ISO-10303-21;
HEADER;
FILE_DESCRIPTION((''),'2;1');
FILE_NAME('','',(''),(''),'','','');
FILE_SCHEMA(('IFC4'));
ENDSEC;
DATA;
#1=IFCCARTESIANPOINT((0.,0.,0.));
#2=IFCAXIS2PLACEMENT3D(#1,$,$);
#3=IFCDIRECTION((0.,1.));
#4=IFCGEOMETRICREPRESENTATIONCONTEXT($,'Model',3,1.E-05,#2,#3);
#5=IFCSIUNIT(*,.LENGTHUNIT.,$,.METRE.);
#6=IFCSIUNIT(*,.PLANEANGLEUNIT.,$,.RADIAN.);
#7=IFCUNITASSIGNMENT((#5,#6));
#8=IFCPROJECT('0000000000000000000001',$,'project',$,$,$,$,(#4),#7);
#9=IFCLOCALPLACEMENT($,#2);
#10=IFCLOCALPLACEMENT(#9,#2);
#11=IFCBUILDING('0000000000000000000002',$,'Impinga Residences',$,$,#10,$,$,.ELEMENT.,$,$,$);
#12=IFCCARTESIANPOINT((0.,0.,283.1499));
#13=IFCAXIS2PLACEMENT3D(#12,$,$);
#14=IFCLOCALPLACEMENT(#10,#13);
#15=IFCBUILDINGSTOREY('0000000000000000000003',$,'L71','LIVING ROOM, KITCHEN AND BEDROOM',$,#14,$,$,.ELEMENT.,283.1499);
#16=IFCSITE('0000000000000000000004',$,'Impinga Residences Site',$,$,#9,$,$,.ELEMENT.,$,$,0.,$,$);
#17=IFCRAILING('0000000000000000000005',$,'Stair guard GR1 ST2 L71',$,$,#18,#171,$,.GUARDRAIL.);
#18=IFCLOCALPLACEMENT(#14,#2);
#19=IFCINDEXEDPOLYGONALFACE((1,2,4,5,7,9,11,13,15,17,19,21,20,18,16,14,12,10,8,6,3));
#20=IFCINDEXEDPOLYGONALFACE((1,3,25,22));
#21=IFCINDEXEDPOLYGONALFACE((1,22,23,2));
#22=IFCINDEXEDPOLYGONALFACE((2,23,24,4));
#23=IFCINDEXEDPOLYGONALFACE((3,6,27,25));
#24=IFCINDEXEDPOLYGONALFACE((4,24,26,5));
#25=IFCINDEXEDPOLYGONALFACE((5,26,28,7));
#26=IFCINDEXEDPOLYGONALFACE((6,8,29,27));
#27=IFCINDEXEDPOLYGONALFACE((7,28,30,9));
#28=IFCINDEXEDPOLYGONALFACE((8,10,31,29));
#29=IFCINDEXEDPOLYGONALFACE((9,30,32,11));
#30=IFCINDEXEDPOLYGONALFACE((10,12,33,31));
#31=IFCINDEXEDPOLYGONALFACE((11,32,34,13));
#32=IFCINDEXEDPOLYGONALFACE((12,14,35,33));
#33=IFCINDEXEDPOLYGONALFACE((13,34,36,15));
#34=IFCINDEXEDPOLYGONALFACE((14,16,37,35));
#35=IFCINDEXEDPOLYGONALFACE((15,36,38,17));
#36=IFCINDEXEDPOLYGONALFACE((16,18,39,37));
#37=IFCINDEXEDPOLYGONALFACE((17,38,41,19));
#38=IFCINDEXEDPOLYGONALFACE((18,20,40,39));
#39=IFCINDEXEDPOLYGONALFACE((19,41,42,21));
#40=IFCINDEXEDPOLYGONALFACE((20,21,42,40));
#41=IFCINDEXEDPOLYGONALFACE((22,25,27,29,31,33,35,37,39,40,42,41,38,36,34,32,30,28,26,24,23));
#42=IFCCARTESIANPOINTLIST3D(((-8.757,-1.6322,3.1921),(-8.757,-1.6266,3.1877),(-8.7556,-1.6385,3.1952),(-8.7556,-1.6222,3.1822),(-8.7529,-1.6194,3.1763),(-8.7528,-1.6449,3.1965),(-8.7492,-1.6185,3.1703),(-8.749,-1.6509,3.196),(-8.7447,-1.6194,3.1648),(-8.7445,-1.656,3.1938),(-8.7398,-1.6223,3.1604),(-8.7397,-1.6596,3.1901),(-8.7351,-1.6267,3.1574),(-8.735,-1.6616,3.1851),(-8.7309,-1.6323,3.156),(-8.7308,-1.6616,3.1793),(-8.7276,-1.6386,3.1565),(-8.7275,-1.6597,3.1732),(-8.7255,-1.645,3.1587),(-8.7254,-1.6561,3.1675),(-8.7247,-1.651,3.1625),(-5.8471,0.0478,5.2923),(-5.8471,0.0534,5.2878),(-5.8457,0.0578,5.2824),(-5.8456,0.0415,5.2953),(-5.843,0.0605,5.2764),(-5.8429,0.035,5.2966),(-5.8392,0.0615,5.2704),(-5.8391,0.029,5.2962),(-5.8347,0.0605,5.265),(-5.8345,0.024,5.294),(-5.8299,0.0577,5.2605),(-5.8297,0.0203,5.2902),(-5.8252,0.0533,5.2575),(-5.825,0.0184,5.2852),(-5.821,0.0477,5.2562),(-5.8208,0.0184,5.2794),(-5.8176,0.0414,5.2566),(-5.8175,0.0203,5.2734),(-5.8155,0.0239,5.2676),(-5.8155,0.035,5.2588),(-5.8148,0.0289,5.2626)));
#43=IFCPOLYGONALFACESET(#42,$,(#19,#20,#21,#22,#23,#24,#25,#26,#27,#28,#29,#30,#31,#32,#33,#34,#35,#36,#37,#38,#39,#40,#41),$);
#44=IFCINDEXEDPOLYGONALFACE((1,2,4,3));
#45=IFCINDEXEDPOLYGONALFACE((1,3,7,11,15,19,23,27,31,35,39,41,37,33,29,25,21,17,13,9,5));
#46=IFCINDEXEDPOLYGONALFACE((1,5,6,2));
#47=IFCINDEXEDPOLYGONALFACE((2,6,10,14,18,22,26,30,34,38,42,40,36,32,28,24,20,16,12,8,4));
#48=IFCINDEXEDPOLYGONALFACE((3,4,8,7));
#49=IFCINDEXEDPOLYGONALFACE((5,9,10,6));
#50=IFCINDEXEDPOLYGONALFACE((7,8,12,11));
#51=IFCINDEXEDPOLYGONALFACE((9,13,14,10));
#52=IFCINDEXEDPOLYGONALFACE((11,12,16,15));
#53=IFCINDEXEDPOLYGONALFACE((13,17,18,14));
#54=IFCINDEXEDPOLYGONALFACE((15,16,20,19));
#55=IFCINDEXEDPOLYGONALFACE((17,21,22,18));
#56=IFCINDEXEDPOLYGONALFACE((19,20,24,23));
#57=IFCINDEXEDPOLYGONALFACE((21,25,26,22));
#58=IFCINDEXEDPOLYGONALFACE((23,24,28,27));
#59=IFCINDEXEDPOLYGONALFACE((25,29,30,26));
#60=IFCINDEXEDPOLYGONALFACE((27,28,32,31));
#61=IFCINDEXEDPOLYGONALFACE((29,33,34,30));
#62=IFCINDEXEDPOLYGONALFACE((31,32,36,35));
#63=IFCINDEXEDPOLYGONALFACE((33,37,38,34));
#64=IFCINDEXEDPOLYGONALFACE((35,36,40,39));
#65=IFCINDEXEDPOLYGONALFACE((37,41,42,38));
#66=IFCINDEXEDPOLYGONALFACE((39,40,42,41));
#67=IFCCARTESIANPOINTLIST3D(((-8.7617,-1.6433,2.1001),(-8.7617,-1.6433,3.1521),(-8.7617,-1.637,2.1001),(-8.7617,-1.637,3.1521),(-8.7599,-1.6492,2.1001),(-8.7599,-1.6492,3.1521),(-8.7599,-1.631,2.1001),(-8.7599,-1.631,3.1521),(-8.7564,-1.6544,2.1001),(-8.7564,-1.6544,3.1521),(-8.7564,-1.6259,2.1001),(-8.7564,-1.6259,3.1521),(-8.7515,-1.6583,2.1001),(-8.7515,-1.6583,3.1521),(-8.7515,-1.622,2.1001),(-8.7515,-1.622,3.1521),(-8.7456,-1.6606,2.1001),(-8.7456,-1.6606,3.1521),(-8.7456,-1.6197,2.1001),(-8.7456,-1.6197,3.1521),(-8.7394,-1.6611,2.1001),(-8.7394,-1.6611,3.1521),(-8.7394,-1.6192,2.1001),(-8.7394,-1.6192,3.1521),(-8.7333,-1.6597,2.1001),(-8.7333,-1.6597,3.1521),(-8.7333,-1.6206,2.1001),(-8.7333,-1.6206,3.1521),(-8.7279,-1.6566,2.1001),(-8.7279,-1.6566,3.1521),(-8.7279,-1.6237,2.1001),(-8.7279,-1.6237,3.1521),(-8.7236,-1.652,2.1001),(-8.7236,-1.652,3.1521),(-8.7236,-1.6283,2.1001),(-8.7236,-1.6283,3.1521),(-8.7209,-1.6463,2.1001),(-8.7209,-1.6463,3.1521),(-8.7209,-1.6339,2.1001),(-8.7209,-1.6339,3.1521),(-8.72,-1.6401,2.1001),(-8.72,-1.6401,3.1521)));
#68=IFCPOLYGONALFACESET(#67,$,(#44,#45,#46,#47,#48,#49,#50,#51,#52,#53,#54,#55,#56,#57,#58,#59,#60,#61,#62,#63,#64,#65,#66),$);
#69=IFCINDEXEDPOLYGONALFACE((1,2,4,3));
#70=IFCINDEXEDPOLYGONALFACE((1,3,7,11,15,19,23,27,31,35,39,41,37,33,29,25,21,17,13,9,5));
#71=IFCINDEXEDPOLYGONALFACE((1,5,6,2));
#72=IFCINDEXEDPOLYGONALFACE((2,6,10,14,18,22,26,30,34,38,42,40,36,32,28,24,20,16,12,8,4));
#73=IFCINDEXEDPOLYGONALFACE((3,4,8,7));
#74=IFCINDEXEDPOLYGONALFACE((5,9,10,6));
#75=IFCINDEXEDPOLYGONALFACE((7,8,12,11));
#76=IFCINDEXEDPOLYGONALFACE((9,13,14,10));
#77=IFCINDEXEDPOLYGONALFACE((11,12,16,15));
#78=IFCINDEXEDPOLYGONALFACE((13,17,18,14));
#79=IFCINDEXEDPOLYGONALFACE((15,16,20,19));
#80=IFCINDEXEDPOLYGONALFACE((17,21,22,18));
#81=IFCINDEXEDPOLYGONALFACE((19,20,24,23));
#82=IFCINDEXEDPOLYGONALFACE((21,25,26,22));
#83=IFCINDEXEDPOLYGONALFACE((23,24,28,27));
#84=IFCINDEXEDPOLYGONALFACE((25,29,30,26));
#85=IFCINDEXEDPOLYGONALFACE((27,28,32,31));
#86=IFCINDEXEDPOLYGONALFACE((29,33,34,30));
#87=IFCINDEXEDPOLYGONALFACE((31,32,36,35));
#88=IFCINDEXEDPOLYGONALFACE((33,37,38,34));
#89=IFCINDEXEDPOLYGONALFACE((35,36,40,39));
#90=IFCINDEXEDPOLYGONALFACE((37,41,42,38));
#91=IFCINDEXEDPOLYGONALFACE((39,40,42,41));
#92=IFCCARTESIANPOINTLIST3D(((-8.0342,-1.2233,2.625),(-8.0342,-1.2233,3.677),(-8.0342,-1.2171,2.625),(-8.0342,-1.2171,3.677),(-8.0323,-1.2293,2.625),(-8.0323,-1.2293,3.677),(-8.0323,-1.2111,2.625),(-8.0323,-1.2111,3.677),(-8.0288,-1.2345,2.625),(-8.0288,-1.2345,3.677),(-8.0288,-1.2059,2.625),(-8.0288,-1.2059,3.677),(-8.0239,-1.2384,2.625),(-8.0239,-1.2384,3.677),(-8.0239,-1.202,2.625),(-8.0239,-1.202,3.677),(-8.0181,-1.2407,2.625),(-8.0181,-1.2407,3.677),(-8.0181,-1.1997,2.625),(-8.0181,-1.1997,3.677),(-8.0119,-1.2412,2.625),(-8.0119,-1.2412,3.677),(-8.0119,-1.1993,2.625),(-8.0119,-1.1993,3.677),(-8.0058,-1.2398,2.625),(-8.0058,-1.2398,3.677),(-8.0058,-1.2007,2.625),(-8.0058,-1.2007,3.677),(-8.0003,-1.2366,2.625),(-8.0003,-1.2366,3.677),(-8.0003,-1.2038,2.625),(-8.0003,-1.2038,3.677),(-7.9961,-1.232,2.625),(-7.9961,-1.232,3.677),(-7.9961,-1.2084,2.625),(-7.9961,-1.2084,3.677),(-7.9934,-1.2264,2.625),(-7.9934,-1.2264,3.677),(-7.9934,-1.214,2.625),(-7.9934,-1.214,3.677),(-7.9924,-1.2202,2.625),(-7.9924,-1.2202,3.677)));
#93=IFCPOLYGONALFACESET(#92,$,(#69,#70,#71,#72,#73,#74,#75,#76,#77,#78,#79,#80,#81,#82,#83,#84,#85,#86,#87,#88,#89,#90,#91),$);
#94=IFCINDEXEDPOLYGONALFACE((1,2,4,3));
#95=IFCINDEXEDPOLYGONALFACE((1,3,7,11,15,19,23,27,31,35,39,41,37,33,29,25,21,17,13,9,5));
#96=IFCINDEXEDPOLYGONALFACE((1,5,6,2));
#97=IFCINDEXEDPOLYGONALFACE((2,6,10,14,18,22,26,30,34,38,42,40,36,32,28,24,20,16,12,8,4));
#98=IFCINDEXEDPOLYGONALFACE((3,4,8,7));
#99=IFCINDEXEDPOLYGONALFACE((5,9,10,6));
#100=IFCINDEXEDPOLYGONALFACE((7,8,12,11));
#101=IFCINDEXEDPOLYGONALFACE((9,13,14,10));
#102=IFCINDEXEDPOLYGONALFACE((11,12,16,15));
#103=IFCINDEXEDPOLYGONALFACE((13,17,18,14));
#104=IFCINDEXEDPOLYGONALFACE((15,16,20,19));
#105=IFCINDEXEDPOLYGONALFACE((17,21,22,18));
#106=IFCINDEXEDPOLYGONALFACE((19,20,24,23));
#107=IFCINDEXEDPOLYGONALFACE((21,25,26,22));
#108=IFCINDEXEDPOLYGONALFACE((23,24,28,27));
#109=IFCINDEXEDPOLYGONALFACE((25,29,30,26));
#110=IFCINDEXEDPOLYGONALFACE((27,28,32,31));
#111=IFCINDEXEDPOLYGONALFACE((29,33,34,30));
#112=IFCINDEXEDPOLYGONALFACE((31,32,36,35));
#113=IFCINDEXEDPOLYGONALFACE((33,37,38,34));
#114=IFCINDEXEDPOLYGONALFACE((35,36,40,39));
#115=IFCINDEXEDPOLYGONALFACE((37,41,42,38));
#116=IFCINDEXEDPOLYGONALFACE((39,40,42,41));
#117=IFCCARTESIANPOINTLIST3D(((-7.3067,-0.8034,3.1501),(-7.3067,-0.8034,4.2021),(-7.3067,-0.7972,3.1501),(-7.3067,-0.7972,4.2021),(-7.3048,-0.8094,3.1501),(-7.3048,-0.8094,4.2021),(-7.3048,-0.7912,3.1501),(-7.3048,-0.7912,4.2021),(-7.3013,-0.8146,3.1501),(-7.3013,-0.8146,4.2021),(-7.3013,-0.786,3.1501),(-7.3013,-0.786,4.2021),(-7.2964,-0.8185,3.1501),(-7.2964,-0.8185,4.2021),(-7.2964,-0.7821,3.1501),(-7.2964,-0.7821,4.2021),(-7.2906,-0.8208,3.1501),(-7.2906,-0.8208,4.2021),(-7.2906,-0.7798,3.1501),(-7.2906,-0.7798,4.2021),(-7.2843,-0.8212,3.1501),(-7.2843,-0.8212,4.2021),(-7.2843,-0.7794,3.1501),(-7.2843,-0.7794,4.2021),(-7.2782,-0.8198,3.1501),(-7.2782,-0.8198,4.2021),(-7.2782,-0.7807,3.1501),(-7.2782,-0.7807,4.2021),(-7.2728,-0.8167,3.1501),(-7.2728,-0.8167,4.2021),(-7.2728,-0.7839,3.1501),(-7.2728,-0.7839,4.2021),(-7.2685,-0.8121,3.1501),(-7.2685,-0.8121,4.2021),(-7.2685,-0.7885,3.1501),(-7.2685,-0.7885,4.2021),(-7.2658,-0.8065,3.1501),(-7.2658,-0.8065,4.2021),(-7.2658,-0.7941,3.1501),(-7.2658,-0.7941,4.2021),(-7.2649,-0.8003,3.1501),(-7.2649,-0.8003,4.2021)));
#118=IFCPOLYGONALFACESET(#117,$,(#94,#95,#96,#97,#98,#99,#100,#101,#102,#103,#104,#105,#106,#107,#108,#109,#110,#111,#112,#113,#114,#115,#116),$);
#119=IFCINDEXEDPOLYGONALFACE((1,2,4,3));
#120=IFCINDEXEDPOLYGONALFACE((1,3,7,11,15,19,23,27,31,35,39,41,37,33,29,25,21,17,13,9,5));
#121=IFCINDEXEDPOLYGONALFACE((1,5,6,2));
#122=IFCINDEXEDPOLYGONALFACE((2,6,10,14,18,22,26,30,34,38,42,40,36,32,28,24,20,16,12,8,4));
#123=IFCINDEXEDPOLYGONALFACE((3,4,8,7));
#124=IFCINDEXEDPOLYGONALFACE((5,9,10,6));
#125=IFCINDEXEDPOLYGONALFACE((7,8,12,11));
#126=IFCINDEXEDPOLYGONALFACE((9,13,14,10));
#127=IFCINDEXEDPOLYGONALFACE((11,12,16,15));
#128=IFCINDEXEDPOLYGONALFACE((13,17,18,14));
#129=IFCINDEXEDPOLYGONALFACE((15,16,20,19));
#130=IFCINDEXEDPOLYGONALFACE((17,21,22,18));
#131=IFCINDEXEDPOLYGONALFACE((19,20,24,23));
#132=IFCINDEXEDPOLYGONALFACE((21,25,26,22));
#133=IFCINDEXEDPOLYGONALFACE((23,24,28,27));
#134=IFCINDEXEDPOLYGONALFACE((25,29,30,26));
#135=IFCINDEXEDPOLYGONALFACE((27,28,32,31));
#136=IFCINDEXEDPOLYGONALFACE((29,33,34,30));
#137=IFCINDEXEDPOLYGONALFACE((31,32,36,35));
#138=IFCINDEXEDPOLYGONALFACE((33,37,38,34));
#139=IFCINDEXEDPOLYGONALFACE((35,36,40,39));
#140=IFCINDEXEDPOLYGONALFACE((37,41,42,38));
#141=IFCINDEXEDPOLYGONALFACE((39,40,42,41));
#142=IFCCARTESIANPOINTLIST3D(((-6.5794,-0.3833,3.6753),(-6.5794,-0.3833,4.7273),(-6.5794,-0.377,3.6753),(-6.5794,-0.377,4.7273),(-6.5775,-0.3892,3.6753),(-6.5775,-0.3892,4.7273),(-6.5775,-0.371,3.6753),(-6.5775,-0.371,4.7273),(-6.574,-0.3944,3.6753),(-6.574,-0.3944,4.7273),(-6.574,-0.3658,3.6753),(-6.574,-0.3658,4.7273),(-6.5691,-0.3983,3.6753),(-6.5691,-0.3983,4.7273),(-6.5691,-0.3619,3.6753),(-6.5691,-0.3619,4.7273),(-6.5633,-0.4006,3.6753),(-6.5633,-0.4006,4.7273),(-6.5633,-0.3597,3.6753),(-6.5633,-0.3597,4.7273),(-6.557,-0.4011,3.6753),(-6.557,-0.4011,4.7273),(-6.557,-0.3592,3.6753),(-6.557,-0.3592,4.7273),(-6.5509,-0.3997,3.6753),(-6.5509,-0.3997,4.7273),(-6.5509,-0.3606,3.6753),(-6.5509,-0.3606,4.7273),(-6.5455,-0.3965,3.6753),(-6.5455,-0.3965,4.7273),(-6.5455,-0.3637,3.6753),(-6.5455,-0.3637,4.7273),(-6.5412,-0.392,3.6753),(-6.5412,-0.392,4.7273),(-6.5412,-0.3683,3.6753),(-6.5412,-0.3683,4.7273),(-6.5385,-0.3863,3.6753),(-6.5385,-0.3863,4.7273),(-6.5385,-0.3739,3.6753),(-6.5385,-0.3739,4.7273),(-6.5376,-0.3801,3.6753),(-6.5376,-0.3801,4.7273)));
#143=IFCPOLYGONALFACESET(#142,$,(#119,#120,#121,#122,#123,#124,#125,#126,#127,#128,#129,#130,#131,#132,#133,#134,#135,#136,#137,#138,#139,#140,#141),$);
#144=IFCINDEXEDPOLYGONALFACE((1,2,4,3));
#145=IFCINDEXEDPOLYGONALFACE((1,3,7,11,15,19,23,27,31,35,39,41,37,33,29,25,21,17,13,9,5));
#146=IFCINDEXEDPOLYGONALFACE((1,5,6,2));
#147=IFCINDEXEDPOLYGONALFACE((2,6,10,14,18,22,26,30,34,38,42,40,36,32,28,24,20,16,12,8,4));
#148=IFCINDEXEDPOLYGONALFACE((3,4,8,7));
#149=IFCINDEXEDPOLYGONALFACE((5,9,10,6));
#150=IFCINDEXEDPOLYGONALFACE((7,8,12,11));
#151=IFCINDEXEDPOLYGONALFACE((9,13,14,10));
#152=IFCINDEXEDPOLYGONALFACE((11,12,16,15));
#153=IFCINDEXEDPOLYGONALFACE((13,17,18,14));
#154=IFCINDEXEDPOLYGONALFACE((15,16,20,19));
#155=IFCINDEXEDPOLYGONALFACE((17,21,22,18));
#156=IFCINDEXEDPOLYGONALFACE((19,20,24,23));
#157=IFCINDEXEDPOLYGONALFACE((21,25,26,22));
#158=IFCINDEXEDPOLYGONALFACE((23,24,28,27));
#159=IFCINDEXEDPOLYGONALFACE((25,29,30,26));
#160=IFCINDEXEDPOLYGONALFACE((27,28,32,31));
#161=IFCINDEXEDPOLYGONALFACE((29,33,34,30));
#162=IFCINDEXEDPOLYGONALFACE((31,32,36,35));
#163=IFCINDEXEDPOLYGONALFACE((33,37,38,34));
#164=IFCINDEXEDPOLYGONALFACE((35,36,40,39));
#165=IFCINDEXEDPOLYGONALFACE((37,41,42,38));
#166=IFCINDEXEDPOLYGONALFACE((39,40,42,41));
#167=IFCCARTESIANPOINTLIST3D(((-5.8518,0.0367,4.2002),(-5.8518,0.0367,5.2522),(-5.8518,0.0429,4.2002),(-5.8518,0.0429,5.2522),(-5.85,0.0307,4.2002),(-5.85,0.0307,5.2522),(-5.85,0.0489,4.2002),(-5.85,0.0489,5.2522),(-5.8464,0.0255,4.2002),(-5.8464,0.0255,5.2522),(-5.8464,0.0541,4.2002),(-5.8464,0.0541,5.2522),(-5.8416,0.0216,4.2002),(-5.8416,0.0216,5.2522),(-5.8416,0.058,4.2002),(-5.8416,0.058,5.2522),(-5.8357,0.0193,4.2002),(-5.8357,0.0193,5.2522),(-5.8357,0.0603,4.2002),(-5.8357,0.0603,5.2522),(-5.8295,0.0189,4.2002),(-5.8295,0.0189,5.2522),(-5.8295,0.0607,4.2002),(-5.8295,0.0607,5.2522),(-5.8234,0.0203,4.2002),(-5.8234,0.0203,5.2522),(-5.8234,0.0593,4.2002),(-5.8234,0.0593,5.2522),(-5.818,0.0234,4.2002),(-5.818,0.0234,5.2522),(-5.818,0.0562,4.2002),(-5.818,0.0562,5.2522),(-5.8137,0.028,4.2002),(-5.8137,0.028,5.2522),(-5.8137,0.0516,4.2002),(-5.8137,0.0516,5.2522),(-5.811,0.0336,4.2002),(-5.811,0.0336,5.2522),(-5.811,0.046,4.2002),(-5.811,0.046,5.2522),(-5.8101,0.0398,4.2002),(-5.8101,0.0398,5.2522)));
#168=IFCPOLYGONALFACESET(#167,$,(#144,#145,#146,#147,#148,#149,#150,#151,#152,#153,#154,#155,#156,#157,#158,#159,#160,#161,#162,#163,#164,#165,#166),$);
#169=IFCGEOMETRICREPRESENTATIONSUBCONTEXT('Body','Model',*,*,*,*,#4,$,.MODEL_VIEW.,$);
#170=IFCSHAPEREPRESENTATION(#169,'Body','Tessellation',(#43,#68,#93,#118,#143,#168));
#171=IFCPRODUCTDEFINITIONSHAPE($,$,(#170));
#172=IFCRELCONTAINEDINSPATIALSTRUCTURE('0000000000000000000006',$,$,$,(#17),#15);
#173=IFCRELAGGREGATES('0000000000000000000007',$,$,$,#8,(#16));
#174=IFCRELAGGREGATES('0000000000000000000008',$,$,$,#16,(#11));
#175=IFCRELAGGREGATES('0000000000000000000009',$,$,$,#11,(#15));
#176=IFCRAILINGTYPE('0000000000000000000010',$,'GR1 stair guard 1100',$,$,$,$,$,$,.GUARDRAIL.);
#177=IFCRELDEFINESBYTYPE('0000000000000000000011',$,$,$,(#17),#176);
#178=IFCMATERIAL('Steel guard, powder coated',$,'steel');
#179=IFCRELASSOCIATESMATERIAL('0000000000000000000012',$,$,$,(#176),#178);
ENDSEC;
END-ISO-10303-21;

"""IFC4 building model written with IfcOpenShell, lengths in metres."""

from ifc_helpers import new_model, si_unit, direction, frame, origin, origin_2d, place, context, subcontext, project, spatial, circle, extrude, material, type_object, element, save


model = new_model("IFC4")

# Units and contexts
model_context = context("Model", 3, precision=1e-05, world=origin(), true_north=direction((0.0, 1.0)))
body_context = subcontext(model_context, "Body", "Model", "MODEL_VIEW")
ifc_project = project(units=[si_unit("LENGTHUNIT", "METRE"), si_unit("PLANEANGLEUNIT", "RADIAN")], contexts=[model_context])

# Site, building, storey
site_placement = place(None, origin())
site = spatial("IfcSite", under=ifc_project, at=site_placement, Name="Impinga Residences Site", CompositionType="ELEMENT", RefElevation=0.0)
building_placement = place(site_placement, origin())
building = spatial("IfcBuilding", under=site, at=building_placement, Name="Impinga Residences", CompositionType="ELEMENT")
storey_placement = place(building_placement, frame((0.0, 0.0, 283.1499)))
storey = spatial("IfcBuildingStorey", under=building, at=storey_placement, Name="L71", Description="LIVING ROOM, KITCHEN AND BEDROOM", CompositionType="ELEMENT", Elevation=283.1499)

# Railing
ifc_material_1 = material(Name="Steel guard, powder coated", Category="steel")
railing_type_1 = type_object("IfcRailingType", Name="GR1 stair guard 1100", PredefinedType="GUARDRAIL", material=ifc_material_1)
railing_1_placement = place(storey_placement, frame((-8.741, -1.6401, 2.1001)))
element("IfcRailing", 1, at=railing_1_placement, inside=storey, type_object=railing_type_1, Name="Stair guard GR1 ST2 L71", PredefinedType="GUARDRAIL", context=body_context, shape_type="SweptSolid", body=[
    extrude(circle(Radius=0.0239, at=origin_2d()), frame((0.0, 0.0, 1.0762), z_axis=(0.734392, 0.423974, 0.530014), x_axis=(-0.499976, 0.866039, 0.0)), (0.0, 0.0, 1.0), 3.9624),
    extrude(circle(Radius=0.021, at=origin_2d()), origin(), (0.0, 0.0, 1.0), 1.052),
    extrude(circle(Radius=0.021, at=origin_2d()), frame((0.7275, 0.4199, 0.5249)), (0.0, 0.0, 1.0), 1.052),
    extrude(circle(Radius=0.021, at=origin_2d()), frame((1.4551, 0.8398, 1.05)), (0.0, 0.0, 1.0), 1.052),
    extrude(circle(Radius=0.021, at=origin_2d()), frame((2.1824, 1.26, 1.5752)), (0.0, 0.0, 1.0), 1.052),
    extrude(circle(Radius=0.021, at=origin_2d()), frame((2.9099, 1.6799, 2.1001)), (0.0, 0.0, 1.0), 1.052),
])

save(model, "model.ifc")
